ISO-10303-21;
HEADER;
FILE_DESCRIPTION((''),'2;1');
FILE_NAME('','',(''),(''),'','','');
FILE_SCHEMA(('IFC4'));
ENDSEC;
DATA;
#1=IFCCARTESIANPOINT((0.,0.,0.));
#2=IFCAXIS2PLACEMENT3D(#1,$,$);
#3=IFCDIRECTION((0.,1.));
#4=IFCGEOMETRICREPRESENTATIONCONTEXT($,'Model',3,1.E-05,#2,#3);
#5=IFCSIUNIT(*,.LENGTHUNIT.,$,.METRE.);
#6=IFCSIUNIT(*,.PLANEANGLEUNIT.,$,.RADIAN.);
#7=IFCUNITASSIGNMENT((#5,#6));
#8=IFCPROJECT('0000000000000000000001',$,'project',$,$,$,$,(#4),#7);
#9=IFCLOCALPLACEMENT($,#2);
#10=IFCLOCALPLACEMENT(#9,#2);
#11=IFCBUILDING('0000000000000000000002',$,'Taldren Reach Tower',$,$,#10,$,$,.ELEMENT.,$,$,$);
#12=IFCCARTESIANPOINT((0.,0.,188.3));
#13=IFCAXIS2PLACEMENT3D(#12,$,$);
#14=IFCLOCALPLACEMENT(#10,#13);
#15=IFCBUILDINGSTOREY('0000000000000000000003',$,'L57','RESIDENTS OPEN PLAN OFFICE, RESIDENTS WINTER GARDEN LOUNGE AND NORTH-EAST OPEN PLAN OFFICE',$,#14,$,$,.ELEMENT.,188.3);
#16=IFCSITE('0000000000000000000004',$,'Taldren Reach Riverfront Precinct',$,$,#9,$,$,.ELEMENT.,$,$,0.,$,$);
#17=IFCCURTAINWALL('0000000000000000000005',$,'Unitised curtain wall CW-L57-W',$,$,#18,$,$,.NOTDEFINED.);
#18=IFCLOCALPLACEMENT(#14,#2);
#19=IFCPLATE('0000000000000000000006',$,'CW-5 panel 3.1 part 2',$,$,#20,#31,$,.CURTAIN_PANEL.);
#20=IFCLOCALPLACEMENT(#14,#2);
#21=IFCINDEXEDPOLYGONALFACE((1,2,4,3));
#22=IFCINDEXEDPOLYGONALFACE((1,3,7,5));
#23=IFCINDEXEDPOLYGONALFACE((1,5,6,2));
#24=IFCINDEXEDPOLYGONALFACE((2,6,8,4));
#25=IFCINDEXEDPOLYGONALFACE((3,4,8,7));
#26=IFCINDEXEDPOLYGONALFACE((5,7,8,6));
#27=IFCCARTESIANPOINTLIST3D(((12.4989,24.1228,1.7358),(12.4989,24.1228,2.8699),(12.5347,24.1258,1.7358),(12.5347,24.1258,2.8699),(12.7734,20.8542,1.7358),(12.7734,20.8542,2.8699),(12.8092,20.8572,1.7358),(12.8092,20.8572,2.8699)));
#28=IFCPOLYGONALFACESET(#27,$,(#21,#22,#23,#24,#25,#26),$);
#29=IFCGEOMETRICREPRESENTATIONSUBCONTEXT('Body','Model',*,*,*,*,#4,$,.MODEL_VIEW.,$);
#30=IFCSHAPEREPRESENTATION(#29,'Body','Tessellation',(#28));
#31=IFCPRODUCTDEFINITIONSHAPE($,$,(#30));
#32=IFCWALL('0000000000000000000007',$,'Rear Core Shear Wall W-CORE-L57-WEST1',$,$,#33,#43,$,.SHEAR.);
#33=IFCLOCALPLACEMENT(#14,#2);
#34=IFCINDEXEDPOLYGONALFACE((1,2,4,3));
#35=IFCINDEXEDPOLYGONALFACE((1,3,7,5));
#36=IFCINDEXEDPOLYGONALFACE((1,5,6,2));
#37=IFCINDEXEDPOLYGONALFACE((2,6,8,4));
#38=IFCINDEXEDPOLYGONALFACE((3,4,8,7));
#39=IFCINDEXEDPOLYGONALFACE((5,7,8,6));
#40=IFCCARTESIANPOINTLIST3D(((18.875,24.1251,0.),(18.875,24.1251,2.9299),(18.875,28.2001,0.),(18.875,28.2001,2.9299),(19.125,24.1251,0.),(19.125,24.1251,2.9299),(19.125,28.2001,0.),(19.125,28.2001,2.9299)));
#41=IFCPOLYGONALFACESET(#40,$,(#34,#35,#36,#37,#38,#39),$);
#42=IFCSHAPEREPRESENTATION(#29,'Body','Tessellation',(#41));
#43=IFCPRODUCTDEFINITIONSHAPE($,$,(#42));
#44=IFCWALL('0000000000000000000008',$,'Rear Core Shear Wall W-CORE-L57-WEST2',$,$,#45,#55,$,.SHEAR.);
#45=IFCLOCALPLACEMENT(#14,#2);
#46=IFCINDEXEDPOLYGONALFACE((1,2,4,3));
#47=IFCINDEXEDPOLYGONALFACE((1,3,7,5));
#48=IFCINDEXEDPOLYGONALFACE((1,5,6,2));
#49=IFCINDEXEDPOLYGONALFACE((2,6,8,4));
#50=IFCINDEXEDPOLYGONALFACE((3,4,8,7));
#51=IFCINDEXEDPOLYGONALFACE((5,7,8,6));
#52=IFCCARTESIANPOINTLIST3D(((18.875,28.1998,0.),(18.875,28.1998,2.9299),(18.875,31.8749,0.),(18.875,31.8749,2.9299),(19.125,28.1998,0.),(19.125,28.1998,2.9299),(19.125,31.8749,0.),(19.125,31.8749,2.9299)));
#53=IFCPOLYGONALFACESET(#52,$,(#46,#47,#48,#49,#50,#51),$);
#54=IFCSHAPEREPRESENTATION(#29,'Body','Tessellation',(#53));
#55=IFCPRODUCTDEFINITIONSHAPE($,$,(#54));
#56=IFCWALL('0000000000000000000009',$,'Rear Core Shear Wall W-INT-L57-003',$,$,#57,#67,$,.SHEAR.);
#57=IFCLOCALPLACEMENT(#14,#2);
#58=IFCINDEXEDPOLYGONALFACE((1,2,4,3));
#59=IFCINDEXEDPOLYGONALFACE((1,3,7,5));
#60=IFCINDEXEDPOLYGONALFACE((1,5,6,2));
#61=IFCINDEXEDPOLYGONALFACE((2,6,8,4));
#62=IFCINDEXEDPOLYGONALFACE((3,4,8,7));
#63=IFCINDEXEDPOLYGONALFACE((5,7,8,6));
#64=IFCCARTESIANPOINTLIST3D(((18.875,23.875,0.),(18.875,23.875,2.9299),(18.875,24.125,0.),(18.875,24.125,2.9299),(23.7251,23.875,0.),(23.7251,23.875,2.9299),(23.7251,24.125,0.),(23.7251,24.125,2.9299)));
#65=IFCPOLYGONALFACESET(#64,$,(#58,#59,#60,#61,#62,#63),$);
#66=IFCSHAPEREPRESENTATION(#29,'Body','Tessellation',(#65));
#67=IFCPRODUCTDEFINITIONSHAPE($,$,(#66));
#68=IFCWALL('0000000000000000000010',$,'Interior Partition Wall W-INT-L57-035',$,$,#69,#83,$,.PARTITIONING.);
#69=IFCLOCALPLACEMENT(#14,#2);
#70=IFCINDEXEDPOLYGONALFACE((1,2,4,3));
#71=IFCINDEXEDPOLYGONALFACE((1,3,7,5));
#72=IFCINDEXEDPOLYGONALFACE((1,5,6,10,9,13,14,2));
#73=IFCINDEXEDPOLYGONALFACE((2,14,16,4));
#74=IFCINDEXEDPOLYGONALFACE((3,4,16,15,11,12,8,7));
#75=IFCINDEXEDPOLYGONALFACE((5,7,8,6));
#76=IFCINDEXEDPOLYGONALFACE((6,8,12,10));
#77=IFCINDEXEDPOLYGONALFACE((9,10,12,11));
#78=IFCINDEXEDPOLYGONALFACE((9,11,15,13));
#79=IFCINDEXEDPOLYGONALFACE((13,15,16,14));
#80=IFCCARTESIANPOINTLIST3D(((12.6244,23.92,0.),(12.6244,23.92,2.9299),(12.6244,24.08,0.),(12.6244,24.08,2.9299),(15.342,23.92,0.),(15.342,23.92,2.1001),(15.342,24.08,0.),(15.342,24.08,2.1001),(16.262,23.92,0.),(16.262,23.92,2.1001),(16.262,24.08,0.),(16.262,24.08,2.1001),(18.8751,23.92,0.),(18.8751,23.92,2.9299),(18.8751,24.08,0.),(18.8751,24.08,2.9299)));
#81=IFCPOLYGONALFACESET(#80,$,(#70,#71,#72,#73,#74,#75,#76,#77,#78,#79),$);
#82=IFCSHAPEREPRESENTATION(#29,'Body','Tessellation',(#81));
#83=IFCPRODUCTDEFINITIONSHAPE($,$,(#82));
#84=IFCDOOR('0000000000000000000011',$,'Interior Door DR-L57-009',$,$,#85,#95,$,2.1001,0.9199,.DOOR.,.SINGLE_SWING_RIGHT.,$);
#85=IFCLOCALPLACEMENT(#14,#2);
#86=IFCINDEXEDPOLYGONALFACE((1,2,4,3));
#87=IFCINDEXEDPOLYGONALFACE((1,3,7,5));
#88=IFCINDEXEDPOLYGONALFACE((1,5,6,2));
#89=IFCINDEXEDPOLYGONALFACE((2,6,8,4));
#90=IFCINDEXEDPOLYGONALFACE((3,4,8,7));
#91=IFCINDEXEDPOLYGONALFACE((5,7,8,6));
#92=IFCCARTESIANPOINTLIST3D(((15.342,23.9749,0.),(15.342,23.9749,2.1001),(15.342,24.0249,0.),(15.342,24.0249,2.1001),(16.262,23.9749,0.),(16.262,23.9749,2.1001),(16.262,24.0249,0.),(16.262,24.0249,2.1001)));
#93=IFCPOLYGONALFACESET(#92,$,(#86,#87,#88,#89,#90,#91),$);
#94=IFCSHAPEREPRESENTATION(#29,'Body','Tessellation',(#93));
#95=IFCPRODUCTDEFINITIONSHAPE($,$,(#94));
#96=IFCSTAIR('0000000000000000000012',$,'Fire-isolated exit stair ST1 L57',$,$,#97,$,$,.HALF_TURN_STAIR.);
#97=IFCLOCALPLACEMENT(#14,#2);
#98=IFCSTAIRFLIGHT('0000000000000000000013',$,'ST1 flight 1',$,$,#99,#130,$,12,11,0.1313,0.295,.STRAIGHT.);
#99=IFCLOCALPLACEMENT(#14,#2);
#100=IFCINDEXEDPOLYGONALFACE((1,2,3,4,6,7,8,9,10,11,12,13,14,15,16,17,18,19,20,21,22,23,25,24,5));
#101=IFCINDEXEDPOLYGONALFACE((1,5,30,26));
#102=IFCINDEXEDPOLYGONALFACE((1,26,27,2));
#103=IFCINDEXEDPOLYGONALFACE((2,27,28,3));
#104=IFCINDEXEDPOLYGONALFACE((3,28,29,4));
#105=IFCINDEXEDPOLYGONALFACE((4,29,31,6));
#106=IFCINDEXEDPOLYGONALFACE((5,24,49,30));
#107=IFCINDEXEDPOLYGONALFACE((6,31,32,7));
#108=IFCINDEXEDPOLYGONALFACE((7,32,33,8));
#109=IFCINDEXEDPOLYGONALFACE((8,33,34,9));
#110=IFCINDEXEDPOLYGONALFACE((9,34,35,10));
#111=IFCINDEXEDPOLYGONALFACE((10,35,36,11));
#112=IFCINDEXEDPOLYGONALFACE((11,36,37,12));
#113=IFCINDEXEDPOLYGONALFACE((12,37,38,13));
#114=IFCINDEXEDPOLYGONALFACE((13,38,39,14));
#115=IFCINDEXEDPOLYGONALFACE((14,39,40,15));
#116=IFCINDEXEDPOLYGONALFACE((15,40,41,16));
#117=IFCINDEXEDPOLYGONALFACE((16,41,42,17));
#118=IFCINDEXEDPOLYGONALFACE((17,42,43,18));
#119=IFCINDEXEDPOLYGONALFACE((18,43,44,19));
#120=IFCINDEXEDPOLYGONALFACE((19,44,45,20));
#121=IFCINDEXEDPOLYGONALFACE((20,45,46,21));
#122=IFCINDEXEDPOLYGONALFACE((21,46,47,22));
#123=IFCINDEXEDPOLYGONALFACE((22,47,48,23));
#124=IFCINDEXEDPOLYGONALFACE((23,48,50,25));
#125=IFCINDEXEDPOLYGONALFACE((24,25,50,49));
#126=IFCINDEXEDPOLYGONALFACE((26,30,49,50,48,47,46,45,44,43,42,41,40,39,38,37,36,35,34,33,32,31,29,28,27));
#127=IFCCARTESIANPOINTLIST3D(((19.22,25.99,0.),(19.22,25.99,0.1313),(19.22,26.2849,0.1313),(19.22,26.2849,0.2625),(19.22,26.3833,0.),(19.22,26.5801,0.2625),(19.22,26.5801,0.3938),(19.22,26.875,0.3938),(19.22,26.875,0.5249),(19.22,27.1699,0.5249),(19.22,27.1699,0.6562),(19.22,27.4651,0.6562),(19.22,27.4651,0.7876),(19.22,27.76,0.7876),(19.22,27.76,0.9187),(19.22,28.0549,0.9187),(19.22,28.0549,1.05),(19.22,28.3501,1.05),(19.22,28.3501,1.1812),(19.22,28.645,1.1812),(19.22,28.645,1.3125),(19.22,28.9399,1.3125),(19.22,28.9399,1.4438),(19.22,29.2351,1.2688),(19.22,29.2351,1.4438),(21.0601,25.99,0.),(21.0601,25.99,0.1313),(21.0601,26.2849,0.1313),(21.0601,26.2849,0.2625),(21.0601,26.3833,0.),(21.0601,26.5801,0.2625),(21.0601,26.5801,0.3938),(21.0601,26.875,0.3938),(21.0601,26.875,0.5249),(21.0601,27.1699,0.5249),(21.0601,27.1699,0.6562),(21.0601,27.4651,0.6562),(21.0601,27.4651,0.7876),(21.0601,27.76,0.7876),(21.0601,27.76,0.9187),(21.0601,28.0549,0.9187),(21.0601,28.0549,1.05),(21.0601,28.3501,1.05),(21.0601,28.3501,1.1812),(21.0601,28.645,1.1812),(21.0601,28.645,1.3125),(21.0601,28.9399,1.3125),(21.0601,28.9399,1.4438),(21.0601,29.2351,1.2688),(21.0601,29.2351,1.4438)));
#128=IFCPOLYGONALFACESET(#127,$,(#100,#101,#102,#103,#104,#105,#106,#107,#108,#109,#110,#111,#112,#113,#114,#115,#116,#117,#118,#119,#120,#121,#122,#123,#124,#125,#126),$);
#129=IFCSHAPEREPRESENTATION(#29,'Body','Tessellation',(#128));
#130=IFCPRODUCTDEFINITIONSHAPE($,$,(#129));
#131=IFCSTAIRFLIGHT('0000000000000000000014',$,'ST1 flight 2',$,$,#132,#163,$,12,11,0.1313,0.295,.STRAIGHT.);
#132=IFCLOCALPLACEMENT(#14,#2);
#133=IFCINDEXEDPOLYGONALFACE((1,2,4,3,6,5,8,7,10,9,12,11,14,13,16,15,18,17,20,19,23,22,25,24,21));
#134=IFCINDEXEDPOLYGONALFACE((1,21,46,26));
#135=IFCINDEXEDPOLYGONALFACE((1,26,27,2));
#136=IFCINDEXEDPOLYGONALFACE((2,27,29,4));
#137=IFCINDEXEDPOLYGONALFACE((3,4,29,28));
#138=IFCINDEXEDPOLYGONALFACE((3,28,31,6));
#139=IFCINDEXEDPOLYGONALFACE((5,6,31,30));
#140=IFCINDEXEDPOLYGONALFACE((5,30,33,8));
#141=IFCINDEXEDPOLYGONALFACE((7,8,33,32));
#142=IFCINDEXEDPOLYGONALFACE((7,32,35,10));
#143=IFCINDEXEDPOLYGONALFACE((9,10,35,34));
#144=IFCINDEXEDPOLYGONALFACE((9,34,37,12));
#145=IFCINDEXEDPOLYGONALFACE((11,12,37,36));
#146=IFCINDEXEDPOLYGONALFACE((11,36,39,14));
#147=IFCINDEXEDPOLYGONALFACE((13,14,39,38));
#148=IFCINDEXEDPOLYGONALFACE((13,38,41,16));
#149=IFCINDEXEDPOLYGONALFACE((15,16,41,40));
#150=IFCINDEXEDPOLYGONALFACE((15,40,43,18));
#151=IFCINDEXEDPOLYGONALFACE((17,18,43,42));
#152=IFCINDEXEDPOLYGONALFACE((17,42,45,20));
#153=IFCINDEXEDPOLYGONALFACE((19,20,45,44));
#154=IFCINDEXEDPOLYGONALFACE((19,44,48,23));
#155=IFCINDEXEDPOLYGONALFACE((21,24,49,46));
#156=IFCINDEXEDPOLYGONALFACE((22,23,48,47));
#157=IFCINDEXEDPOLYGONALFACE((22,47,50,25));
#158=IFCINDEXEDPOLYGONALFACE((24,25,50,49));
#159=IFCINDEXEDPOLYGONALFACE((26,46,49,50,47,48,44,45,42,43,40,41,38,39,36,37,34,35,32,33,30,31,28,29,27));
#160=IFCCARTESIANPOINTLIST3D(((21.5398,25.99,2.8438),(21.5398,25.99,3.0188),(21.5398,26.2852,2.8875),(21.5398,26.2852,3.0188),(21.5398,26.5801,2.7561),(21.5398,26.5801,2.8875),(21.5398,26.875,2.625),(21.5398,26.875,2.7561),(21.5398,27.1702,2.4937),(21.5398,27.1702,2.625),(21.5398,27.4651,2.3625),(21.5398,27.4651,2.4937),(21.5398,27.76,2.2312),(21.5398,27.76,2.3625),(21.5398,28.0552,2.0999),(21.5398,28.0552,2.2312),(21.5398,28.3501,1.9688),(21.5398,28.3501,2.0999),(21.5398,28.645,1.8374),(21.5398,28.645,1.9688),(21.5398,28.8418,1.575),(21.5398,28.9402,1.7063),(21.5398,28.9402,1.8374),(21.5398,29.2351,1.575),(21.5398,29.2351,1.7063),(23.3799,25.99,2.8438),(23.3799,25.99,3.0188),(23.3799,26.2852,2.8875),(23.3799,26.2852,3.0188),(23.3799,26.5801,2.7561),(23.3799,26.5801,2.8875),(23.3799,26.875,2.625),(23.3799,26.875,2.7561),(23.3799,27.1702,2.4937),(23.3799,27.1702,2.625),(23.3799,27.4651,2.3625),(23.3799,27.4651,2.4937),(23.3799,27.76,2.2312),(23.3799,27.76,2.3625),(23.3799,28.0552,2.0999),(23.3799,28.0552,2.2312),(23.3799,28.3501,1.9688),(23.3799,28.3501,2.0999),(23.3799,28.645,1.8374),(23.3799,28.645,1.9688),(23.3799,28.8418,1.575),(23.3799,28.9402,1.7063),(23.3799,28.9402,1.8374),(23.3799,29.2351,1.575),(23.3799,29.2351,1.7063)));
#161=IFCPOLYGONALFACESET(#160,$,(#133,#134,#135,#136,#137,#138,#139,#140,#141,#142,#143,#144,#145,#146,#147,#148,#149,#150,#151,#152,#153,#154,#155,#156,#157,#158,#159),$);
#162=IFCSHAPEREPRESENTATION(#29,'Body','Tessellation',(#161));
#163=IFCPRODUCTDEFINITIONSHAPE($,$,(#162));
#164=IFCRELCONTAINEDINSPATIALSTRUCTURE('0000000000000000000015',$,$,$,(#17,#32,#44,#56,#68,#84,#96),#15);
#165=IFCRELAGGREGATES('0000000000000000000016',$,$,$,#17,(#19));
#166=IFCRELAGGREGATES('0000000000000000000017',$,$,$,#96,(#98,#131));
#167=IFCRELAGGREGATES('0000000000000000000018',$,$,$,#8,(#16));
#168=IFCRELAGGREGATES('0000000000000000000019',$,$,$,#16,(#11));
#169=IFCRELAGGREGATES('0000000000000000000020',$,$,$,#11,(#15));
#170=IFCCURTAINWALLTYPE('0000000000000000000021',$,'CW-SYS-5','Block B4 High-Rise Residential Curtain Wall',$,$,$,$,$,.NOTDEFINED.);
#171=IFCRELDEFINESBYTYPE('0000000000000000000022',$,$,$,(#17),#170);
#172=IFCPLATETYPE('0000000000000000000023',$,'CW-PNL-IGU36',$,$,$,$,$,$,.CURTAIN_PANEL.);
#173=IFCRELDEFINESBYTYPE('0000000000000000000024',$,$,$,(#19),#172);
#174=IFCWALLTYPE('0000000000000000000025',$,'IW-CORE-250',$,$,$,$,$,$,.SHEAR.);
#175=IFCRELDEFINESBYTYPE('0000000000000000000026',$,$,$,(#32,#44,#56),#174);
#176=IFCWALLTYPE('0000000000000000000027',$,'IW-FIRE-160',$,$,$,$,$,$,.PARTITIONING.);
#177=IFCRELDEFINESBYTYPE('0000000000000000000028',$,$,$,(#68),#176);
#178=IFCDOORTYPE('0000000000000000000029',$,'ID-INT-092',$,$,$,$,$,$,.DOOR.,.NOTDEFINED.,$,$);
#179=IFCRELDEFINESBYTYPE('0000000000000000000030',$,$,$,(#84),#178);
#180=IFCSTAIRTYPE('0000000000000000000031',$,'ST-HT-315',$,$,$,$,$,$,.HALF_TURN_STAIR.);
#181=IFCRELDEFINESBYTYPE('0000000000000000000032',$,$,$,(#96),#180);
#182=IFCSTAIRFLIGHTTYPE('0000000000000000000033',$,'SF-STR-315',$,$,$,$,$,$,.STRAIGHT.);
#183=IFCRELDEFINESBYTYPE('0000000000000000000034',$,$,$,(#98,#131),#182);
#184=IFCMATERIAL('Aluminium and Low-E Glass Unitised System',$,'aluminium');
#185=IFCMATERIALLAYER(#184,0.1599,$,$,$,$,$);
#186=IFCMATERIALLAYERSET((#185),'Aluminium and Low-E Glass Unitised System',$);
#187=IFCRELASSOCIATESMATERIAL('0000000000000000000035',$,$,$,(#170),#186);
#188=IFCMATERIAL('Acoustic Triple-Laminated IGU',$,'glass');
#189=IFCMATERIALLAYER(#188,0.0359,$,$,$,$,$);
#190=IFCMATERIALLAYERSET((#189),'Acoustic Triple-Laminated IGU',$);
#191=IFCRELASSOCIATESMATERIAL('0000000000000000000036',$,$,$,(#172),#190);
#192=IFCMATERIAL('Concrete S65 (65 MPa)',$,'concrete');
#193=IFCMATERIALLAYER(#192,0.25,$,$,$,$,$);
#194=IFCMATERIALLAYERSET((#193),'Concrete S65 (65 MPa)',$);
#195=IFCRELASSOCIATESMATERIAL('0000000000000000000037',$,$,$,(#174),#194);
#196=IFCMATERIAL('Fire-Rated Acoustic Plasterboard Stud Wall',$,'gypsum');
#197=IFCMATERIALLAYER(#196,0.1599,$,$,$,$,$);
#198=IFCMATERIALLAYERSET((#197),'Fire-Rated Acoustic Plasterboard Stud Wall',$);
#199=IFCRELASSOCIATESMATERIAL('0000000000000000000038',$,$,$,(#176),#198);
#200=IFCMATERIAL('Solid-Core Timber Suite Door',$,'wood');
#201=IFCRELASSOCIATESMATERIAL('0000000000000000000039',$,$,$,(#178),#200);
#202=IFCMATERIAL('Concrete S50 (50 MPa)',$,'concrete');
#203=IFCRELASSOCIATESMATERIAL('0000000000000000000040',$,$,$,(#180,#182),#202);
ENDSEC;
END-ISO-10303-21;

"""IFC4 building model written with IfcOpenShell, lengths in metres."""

from ifc_helpers import new_model, si_unit, direction, frame, frame_2d, origin, origin_2d, place, context, subcontext, project, spatial, polyline, rectangle, outline, extrude, source, transform, mapped, material, layer, layer_set, type_object, element, fill, aggregate, save


model = new_model("IFC4")

# Units and contexts
model_context = context("Model", 3, precision=1e-05, world=origin(), true_north=direction((0.0, 1.0)))
body_context = subcontext(model_context, "Body", "Model", "MODEL_VIEW")
ifc_project = project(units=[si_unit("LENGTHUNIT", "METRE"), si_unit("PLANEANGLEUNIT", "RADIAN")], contexts=[model_context])

# Site, building, storey
site_placement = place(None, origin())
site = spatial("IfcSite", under=ifc_project, at=site_placement, Name="Taldren Reach Riverfront Precinct", CompositionType="ELEMENT", RefElevation=0.0)
building_placement = place(site_placement, origin())
building = spatial("IfcBuilding", under=site, at=building_placement, Name="Taldren Reach Tower", CompositionType="ELEMENT")
storey_placement = place(building_placement, frame((0.0, 0.0, 188.3)))
storey = spatial("IfcBuildingStorey", under=building, at=storey_placement, Name="L57", Description="RESIDENTS OPEN PLAN OFFICE, RESIDENTS WINTER GARDEN LOUNGE AND NORTH-EAST OPEN PLAN OFFICE", CompositionType="ELEMENT", Elevation=188.3)

# Curtain wall
ifc_material_1 = material(Name="Aluminium and Low-E Glass Unitised System", Category="aluminium")
ifc_layer_1 = layer(ifc_material_1, 0.1599)
ifc_layer_set_1 = layer_set([ifc_layer_1], Name="Aluminium and Low-E Glass Unitised System")
curtain_wall_type = type_object("IfcCurtainWallType", Name="CW-SYS-5", Description="Block B4 High-Rise Residential Curtain Wall", PredefinedType="NOTDEFINED", material=ifc_layer_set_1)
curtain_wall_placement = place(storey_placement, origin())
curtain_wall = element("IfcCurtainWall", 1, at=curtain_wall_placement, inside=storey, type_object=curtain_wall_type, Name="Unitised curtain wall CW-L57-W", PredefinedType="NOTDEFINED")

# Plate
ifc_material_2 = material(Name="Acoustic Triple-Laminated IGU", Category="glass")
ifc_layer_2 = layer(ifc_material_2, 0.0359)
ifc_layer_set_2 = layer_set([ifc_layer_2], Name="Acoustic Triple-Laminated IGU")
plate_type_1 = type_object("IfcPlateType", Name="CW-PNL-IGU36", PredefinedType="CURTAIN_PANEL", material=ifc_layer_set_2)
shared_shape_1 = source(origin(), body_context, "Body", "SweptSolid", [
    extrude(rectangle(XDim=3.28, YDim=0.0359, at=origin_2d()), origin(), (0.0, 0.0, 1.0), 1.134),
])
plate_1_placement = place(storey_placement, frame((12.6541, 22.49, 1.7358), z_axis=(0.0, 0.0, 1.0), x_axis=(0.083678, -0.996493, 0.0)))
plate_1 = element("IfcPlate", 2, at=plate_1_placement, type_object=plate_type_1, Name="CW-5 panel 3.1 part 2", PredefinedType="CURTAIN_PANEL", context=body_context, shape_type="MappedRepresentation", body=[
    mapped(shared_shape_1, transform((0.0, 0.0, 0.0), scale=1.0)),
])
aggregate(curtain_wall, [plate_1])

# Walls
ifc_material_3 = material(Name="Concrete S65 (65 MPa)", Category="concrete")
ifc_layer_3 = layer(ifc_material_3, 0.25)
ifc_layer_set_3 = layer_set([ifc_layer_3], Name="Concrete S65 (65 MPa)")
wall_type_1 = type_object("IfcWallType", Name="IW-CORE-250", PredefinedType="SHEAR", material=ifc_layer_set_3)
shared_shape_2 = source(origin(), body_context, "Body", "SweptSolid", [
    extrude(rectangle(XDim=4.075, YDim=0.25, at=frame_2d((2.0376, 0.0))), origin(), (0.0, 0.0, 1.0), 2.9299),
])
wall_1_placement = place(storey_placement, frame((19.0, 24.125, 0.0), z_axis=(0.0, 0.0, 1.0), x_axis=(0.0, 1.0, 0.0)))
element("IfcWall", 3, at=wall_1_placement, inside=storey, type_object=wall_type_1, Name="Rear Core Shear Wall W-CORE-L57-WEST1", PredefinedType="SHEAR", context=body_context, shape_type="MappedRepresentation", body=[
    mapped(shared_shape_2, transform((0.0, 0.0, 0.0), scale=1.0)),
])
shared_shape_3 = source(origin(), body_context, "Body", "SweptSolid", [
    extrude(rectangle(XDim=3.675, YDim=0.25, at=frame_2d((1.8374, 0.0))), origin(), (0.0, 0.0, 1.0), 2.9299),
])
wall_2_placement = place(storey_placement, frame((19.0, 28.2, 0.0), z_axis=(0.0, 0.0, 1.0), x_axis=(0.0, 1.0, 0.0)))
element("IfcWall", 4, at=wall_2_placement, inside=storey, type_object=wall_type_1, Name="Rear Core Shear Wall W-CORE-L57-WEST2", PredefinedType="SHEAR", context=body_context, shape_type="MappedRepresentation", body=[
    mapped(shared_shape_3, transform((0.0, 0.0, 0.0), scale=1.0)),
])
shared_shape_4 = source(origin(), body_context, "Body", "SweptSolid", [
    extrude(rectangle(XDim=4.8501, YDim=0.25, at=frame_2d((2.425, 0.0))), origin(), (0.0, 0.0, 1.0), 2.9299),
])
wall_3_placement = place(storey_placement, frame((18.875, 24.0, 0.0), z_axis=(0.0, 0.0, 1.0), x_axis=(1.0, 0.0, 0.0)))
element("IfcWall", 5, at=wall_3_placement, inside=storey, type_object=wall_type_1, Name="Rear Core Shear Wall W-INT-L57-003", PredefinedType="SHEAR", context=body_context, shape_type="MappedRepresentation", body=[
    mapped(shared_shape_4, transform((0.0, 0.0, 0.0), scale=1.0)),
])

# Wall, opening, door
ifc_material_4 = material(Name="Fire-Rated Acoustic Plasterboard Stud Wall", Category="gypsum")
ifc_layer_4 = layer(ifc_material_4, 0.1599)
ifc_layer_set_4 = layer_set([ifc_layer_4], Name="Fire-Rated Acoustic Plasterboard Stud Wall")
wall_type_2 = type_object("IfcWallType", Name="IW-FIRE-160", PredefinedType="PARTITIONING", material=ifc_layer_set_4)
shared_shape_5 = source(origin(), body_context, "Body", "SweptSolid", [
    extrude(rectangle(XDim=6.2507, YDim=0.1599, at=frame_2d((3.1255, 0.0))), origin(), (0.0, 0.0, 1.0), 2.9299),
])
wall_4_placement = place(storey_placement, frame((12.6243, 24.0, 0.0), z_axis=(0.0, 0.0, 1.0), x_axis=(1.0, 0.0, 0.0)))
wall_4 = element("IfcWall", 6, at=wall_4_placement, inside=storey, type_object=wall_type_2, Name="Interior Partition Wall W-INT-L57-035", PredefinedType="PARTITIONING", context=body_context, shape_type="MappedRepresentation", body=[
    mapped(shared_shape_5, transform((0.0, 0.0, 0.0), scale=1.0)),
])
shared_shape_6 = source(origin(), body_context, "Body", "SweptSolid", [
    extrude(rectangle(XDim=0.9199, YDim=2.1001, at=frame_2d((0.46, 1.05))), frame((0.0, 0.0898, 0.0), z_axis=(0.0, -1.0, 0.0), x_axis=(1.0, 0.0, 0.0)), (0.0, 0.0, 1.0), 0.1799),
])
opening_placement = place(wall_4_placement, frame((2.7178, 0.0, 0.0)))
opening = element("IfcOpeningElement", 7, at=opening_placement, cuts=wall_4, PredefinedType="OPENING", context=body_context, shape_type="MappedRepresentation", body=[
    mapped(shared_shape_6, transform((0.0, 0.0, 0.0), scale=1.0)),
])
ifc_material_5 = material(Name="Solid-Core Timber Suite Door", Category="wood")
door_type = type_object("IfcDoorType", Name="ID-INT-092", OperationType="NOTDEFINED", PredefinedType="DOOR", material=ifc_material_5)
shared_shape_7 = source(origin(), body_context, "Body", "SweptSolid", [
    extrude(rectangle(XDim=0.9199, YDim=2.1001, at=frame_2d((0.46, 1.05))), frame((0.0, 0.0249, 0.0), z_axis=(0.0, -1.0, 0.0), x_axis=(1.0, 0.0, 0.0)), (0.0, 0.0, 1.0), 0.05),
])
door_placement = place(opening_placement, origin())
door = element("IfcDoor", 8, at=door_placement, inside=storey, type_object=door_type, Name="Interior Door DR-L57-009", OperationType="SINGLE_SWING_RIGHT", OverallHeight=2.1001, OverallWidth=0.9199, PredefinedType="DOOR", context=body_context, shape_type="MappedRepresentation", body=[
    mapped(shared_shape_7, transform((0.0, 0.0, 0.0), scale=1.0)),
])
fill(opening, door)

# Stair, stair flights
ifc_material_6 = material(Name="Concrete S50 (50 MPa)", Category="concrete")
stair_type = type_object("IfcStairType", Name="ST-HT-315", PredefinedType="HALF_TURN_STAIR", material=ifc_material_6)
stair_placement = place(storey_placement, origin())
stair = element("IfcStair", 9, at=stair_placement, inside=storey, type_object=stair_type, Name="Fire-isolated exit stair ST1 L57", PredefinedType="HALF_TURN_STAIR")
stair_flight_type = type_object("IfcStairFlightType", Name="SF-STR-315", PredefinedType="STRAIGHT", material=ifc_material_6)
stair_flight_1_placement = place(storey_placement, frame((20.1399, 25.99, 0.0), z_axis=(0.0, 0.0, 1.0), x_axis=(0.0, 1.0, 0.0)))
stair_flight_1 = element("IfcStairFlight", 10, at=stair_flight_1_placement, type_object=stair_flight_type, Name="ST1 flight 1", NumberOfRisers=12, NumberOfTreads=11, PredefinedType="STRAIGHT", RiserHeight=0.1313, TreadLength=0.295, context=body_context, shape_type="SweptSolid", body=[
    extrude(outline(polyline([(0.0, 0.0), (0.0, 0.1313), (0.2949, 0.1313), (0.2949, 0.2625), (0.5901, 0.2625), (0.5901, 0.3938), (0.885, 0.3938), (0.885, 0.5249), (1.1799, 0.5249), (1.1799, 0.6562), (1.4751, 0.6562), (1.4751, 0.7876), (1.77, 0.7876), (1.77, 0.9187), (2.0649, 0.9187), (2.0649, 1.05), (2.3601, 1.05), (2.3601, 1.1812), (2.655, 1.1812), (2.655, 1.3125), (2.95, 1.3125), (2.95, 1.4438), (3.2451, 1.4438), (3.2451, 1.575), (3.2451, 1.2688), (0.3933, 0.0), (0.0, 0.0)])), frame((0.0, 0.9199, 0.0), z_axis=(0.0, -1.0, 0.0), x_axis=(1.0, 0.0, 0.0)), (0.0, 0.0, 1.0), 1.8401),
])
stair_flight_2_placement = place(storey_placement, frame((22.46, 29.2351, 1.575), z_axis=(0.0, 0.0, 1.0), x_axis=(0.0, -1.0, 0.0)))
stair_flight_2 = element("IfcStairFlight", 11, at=stair_flight_2_placement, type_object=stair_flight_type, Name="ST1 flight 2", NumberOfRisers=12, NumberOfTreads=11, PredefinedType="STRAIGHT", RiserHeight=0.1313, TreadLength=0.295, context=body_context, shape_type="SweptSolid", body=[
    extrude(outline(polyline([(0.0, 0.0), (0.0, 0.1313), (0.2949, 0.1313), (0.2949, 0.2625), (0.5901, 0.2625), (0.5901, 0.3938), (0.885, 0.3938), (0.885, 0.5249), (1.1799, 0.5249), (1.1799, 0.6562), (1.4751, 0.6562), (1.4751, 0.7876), (1.77, 0.7876), (1.77, 0.9187), (2.0649, 0.9187), (2.0649, 1.05), (2.3601, 1.05), (2.3601, 1.1812), (2.655, 1.1812), (2.655, 1.3125), (2.95, 1.3125), (2.95, 1.4438), (3.2451, 1.4438), (3.2451, 1.575), (3.2451, 1.2688), (0.3933, 0.0), (0.0, 0.0)])), frame((0.0, 0.9199, 0.0), z_axis=(0.0, -1.0, 0.0), x_axis=(1.0, 0.0, 0.0)), (0.0, 0.0, 1.0), 1.8401),
])
aggregate(stair, [stair_flight_1, stair_flight_2])

save(model, "model.ifc")
